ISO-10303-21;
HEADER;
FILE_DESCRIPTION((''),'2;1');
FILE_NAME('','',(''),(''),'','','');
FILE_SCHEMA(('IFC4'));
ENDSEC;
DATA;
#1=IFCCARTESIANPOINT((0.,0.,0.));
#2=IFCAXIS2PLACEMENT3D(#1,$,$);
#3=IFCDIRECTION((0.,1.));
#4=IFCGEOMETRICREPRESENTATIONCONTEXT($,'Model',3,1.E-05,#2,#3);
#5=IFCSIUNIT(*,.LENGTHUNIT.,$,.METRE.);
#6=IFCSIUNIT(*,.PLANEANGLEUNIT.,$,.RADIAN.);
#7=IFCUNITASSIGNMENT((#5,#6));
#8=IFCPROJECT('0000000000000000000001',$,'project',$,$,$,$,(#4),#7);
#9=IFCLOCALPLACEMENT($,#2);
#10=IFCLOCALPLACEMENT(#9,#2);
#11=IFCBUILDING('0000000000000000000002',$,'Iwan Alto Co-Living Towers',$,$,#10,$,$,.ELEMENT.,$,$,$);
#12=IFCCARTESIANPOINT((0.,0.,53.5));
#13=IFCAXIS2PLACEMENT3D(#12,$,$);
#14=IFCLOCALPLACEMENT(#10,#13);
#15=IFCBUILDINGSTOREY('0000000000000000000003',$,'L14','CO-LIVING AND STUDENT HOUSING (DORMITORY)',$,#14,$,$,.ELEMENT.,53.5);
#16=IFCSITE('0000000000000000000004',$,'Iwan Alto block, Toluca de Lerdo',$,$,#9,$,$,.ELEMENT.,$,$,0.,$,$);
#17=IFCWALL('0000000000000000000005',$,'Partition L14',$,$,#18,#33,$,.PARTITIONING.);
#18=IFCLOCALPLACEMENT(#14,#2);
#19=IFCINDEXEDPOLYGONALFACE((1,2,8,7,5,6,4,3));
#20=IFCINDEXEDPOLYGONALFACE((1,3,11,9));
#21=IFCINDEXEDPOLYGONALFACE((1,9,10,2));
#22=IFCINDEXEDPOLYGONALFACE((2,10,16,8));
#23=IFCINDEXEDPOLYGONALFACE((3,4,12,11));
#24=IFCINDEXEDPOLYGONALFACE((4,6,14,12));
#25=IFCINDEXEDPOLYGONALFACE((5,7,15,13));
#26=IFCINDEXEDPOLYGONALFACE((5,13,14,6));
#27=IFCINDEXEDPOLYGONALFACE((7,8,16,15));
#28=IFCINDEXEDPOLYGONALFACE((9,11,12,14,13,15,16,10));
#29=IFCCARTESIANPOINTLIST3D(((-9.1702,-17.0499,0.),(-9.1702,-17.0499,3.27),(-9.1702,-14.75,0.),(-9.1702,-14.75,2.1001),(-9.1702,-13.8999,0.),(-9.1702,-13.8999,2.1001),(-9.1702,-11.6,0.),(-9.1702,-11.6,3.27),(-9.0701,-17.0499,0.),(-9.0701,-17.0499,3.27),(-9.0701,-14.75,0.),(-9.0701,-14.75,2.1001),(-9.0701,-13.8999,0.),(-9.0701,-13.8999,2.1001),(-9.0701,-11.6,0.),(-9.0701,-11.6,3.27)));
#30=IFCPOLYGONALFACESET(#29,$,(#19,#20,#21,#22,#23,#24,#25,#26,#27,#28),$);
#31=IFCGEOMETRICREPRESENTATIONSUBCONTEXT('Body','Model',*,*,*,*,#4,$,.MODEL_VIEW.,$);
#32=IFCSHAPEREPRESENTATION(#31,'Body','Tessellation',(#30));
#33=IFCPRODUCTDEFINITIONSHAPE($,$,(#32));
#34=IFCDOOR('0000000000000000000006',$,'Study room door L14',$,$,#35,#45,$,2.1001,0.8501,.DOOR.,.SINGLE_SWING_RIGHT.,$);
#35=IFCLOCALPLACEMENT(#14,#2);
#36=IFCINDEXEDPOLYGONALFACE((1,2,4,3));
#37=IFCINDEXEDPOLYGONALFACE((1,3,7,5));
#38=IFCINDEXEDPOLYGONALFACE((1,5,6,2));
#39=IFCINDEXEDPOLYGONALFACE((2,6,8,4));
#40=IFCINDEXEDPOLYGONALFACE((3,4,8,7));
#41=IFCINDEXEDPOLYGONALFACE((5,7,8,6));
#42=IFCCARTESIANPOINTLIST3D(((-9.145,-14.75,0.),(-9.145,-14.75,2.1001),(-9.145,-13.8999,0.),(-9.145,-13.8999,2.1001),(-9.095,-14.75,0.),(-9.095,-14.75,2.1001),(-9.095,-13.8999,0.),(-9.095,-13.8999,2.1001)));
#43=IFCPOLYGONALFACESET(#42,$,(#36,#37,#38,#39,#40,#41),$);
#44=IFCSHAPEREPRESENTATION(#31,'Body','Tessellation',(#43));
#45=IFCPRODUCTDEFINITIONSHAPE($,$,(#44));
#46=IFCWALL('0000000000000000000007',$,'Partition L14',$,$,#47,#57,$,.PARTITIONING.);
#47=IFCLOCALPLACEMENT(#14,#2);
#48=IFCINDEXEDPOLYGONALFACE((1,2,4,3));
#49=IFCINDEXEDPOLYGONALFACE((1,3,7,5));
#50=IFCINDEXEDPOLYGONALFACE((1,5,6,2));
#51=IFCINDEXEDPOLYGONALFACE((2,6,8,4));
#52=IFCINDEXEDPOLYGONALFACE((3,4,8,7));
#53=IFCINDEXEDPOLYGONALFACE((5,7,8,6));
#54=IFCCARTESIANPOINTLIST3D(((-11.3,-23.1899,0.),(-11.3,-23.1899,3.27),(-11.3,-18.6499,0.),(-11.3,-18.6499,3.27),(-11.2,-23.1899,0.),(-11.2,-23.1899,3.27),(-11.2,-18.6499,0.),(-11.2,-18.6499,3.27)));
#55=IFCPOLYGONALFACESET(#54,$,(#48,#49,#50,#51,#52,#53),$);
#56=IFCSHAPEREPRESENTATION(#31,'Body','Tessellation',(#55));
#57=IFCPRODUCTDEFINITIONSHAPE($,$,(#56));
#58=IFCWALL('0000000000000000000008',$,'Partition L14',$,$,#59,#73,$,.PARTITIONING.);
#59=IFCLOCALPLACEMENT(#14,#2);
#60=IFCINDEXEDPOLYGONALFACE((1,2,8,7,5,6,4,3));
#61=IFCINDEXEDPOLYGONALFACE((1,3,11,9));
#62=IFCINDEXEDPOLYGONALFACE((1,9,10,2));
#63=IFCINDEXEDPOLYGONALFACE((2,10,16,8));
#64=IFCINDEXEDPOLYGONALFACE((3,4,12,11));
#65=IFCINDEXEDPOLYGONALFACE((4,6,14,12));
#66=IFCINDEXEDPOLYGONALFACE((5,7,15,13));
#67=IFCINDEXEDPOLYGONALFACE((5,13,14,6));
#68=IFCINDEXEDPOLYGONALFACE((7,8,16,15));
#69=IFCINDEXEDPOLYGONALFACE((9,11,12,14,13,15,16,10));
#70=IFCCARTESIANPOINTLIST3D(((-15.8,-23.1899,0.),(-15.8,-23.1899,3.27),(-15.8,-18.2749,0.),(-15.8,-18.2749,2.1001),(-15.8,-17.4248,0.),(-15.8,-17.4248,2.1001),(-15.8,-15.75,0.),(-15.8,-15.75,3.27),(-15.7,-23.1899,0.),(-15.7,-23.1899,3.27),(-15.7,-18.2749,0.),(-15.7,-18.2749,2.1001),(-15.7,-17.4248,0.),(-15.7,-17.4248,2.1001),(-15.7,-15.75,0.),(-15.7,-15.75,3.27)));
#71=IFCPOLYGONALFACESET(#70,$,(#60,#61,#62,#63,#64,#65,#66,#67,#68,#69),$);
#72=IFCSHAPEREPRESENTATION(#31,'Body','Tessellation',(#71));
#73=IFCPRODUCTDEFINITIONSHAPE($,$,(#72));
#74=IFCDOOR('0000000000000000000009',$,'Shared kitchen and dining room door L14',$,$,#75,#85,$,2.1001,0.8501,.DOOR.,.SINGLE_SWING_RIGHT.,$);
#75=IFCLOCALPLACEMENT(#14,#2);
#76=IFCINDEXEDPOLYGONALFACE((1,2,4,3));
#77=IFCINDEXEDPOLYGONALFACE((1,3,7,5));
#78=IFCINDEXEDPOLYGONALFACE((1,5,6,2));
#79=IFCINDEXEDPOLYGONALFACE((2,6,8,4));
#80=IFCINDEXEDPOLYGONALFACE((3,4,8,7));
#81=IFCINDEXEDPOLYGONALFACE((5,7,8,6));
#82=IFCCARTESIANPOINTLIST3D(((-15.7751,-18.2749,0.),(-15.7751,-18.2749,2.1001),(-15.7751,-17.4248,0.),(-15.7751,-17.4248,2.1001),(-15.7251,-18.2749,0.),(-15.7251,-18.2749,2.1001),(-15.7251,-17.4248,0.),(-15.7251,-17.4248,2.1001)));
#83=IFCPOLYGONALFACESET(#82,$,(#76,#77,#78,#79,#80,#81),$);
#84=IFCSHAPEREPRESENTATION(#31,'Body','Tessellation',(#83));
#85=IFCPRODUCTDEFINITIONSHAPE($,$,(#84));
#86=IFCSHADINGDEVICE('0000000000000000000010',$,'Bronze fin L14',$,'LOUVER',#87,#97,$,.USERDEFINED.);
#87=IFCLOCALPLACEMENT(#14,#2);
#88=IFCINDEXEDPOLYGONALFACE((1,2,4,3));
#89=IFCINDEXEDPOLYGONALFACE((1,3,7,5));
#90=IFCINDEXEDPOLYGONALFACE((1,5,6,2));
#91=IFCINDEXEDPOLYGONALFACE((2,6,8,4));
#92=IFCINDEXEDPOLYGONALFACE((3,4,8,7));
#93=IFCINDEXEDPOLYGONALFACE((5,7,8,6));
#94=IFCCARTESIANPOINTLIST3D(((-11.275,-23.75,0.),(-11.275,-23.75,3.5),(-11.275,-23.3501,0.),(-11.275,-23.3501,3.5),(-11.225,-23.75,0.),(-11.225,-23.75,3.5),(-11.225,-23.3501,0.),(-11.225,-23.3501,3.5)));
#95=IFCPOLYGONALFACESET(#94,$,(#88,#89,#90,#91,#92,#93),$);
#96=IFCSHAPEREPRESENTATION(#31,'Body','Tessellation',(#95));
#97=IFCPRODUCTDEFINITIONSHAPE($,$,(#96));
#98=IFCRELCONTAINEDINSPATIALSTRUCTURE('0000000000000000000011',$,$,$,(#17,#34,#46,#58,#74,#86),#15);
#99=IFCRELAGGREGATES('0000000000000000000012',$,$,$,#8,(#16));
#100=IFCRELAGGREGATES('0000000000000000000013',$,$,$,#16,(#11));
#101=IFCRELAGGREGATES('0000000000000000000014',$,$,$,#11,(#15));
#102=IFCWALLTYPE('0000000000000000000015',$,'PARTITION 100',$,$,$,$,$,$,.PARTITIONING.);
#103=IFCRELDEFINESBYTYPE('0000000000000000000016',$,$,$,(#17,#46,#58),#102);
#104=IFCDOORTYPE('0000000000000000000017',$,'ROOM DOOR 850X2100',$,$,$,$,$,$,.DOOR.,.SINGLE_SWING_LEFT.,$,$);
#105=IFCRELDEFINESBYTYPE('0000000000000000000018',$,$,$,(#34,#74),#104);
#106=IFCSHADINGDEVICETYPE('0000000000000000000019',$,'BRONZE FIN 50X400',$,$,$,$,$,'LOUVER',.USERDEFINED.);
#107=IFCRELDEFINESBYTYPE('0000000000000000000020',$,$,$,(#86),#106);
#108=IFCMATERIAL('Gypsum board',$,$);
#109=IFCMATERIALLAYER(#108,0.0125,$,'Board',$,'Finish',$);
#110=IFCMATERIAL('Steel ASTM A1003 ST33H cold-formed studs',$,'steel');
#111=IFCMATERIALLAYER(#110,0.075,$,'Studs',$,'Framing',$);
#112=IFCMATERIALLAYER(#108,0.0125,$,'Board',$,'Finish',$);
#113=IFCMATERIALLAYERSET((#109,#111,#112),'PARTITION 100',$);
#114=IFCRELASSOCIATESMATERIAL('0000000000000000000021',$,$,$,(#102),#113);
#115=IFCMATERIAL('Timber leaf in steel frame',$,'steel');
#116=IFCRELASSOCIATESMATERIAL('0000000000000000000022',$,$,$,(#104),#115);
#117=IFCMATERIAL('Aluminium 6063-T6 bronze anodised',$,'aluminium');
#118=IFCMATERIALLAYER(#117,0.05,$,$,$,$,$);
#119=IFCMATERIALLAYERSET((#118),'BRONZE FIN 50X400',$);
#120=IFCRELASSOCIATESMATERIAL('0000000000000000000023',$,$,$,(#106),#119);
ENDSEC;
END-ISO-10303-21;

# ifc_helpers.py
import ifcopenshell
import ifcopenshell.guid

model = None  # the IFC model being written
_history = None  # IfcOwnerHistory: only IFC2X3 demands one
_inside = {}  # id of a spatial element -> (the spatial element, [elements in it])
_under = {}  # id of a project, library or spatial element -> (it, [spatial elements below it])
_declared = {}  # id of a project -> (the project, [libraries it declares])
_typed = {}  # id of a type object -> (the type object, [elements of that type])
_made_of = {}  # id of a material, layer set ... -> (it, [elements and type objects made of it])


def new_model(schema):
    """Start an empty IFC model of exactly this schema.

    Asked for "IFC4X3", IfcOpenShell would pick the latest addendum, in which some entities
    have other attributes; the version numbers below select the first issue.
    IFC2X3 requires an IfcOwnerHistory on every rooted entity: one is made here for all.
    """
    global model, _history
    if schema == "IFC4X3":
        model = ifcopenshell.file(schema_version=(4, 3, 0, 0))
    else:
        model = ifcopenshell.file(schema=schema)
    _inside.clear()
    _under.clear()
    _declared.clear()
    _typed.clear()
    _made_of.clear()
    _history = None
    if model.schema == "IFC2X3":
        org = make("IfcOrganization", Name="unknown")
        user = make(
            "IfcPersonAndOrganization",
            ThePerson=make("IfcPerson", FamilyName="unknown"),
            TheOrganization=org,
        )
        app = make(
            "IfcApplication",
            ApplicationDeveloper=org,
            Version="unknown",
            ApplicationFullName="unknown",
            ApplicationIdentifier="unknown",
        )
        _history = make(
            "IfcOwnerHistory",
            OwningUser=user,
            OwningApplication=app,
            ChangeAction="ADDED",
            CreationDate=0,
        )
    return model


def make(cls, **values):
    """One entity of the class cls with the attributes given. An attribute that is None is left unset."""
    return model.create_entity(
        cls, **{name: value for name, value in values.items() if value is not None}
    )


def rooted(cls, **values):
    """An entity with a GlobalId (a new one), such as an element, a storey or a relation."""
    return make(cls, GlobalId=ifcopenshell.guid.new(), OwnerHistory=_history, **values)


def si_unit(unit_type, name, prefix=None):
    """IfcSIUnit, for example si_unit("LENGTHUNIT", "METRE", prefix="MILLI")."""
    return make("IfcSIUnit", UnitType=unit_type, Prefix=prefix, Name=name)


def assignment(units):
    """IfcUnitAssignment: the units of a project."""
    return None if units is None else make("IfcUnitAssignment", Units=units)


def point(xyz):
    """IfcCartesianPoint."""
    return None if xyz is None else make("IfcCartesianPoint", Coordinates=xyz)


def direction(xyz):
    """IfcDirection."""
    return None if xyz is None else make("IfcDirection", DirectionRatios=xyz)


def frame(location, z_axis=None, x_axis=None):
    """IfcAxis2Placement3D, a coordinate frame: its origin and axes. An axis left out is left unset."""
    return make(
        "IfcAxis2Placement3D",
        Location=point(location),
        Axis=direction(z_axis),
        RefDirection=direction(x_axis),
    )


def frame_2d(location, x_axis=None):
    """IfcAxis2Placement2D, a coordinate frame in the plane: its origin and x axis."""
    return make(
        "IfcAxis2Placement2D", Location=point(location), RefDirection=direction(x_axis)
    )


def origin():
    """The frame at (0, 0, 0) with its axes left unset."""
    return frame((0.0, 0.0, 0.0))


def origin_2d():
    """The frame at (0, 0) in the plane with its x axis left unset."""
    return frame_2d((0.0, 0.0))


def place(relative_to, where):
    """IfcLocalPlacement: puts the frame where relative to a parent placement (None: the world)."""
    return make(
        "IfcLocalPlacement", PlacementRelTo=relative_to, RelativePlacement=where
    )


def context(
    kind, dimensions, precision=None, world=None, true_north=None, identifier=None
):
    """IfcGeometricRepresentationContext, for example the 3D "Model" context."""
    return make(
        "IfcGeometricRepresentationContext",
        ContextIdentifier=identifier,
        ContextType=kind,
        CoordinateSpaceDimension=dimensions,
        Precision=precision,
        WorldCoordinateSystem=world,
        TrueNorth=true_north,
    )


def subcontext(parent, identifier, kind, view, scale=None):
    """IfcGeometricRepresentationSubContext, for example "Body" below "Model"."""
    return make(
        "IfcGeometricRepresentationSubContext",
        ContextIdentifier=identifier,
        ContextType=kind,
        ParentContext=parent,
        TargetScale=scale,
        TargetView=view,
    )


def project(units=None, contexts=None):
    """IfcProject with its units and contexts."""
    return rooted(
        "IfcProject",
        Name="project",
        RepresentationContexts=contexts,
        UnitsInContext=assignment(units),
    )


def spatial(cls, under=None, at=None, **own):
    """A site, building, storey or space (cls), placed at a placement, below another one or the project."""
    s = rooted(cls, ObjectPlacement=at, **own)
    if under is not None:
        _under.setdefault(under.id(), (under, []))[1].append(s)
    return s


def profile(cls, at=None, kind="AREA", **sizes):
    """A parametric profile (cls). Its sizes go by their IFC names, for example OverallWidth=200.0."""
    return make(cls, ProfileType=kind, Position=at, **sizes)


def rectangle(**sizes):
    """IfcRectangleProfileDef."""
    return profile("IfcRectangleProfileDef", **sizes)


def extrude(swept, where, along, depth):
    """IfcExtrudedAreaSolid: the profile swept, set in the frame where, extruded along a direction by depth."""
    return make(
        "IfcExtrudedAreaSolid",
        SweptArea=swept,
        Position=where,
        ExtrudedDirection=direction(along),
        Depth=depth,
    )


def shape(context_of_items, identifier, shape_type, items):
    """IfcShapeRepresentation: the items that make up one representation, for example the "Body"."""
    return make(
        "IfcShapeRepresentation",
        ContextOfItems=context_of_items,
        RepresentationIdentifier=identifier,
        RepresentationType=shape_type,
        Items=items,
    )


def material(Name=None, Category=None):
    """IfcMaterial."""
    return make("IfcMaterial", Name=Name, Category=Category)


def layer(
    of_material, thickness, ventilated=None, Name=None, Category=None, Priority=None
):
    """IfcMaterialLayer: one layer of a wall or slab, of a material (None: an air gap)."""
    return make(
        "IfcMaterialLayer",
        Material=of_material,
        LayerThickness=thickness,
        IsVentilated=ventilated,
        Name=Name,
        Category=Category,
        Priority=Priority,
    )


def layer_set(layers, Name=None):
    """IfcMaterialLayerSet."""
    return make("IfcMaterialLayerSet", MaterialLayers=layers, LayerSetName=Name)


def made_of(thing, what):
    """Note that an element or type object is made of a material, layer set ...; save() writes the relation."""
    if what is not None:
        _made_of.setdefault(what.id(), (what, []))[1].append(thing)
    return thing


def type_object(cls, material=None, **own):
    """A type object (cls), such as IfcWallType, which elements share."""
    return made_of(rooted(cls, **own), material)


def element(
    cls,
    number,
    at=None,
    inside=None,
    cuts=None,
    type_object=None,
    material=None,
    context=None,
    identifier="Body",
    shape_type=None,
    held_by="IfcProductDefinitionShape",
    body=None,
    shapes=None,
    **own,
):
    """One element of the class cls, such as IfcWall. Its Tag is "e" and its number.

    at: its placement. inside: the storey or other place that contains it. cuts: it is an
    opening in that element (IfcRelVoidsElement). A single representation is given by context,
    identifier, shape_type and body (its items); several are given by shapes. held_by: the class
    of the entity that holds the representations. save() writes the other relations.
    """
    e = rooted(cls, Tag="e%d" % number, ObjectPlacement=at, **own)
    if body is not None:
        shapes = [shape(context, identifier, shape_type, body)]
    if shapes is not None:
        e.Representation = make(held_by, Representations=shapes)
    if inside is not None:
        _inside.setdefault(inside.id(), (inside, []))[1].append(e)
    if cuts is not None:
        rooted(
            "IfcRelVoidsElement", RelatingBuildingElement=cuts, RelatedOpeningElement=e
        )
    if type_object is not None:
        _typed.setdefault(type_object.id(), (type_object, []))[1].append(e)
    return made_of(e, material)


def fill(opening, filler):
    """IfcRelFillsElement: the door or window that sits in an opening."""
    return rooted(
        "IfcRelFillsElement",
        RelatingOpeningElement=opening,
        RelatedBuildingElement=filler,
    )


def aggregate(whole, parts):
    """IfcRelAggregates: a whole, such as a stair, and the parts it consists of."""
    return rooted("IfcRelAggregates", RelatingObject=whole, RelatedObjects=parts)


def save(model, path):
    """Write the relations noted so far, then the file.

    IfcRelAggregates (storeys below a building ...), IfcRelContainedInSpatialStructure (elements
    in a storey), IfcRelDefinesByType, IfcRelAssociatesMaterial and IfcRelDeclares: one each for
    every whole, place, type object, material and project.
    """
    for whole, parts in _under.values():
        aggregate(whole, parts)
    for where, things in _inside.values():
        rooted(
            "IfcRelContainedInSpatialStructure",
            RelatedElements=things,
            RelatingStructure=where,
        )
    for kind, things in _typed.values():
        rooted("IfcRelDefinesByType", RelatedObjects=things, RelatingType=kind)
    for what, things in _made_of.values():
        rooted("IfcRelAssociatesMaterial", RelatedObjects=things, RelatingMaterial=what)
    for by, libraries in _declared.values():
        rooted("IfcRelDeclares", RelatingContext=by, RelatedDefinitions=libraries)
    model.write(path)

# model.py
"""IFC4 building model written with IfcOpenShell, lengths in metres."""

from ifc_helpers import new_model, si_unit, direction, frame, frame_2d, origin, origin_2d, place, context, subcontext, project, spatial, rectangle, extrude, material, layer, layer_set, type_object, element, fill, save


model = new_model("IFC4")

# Units and contexts
model_context = context("Model", 3, precision=1e-05, world=origin(), true_north=direction((0.0, 1.0)))
body_context = subcontext(model_context, "Body", "Model", "MODEL_VIEW")
ifc_project = project(units=[si_unit("LENGTHUNIT", "METRE"), si_unit("PLANEANGLEUNIT", "RADIAN")], contexts=[model_context])

# Site, building, storey
site_placement = place(None, origin())
site = spatial("IfcSite", under=ifc_project, at=site_placement, Name="Iwan Alto block, Toluca de Lerdo", CompositionType="ELEMENT", RefElevation=0.0)
building_placement = place(site_placement, origin())
building = spatial("IfcBuilding", under=site, at=building_placement, Name="Iwan Alto Co-Living Towers", CompositionType="ELEMENT")
storey_placement = place(building_placement, frame((0.0, 0.0, 53.5)))
storey = spatial("IfcBuildingStorey", under=building, at=storey_placement, Name="L14", Description="CO-LIVING AND STUDENT HOUSING (DORMITORY)", CompositionType="ELEMENT", Elevation=53.5)

# Shared definitions
ifc_material_1 = material(Name="Gypsum board")
ifc_layer_1 = layer(ifc_material_1, 0.0125, Name="Board", Category="Finish")
ifc_material_2 = material(Name="Steel ASTM A1003 ST33H cold-formed studs", Category="steel")
ifc_layer_2 = layer(ifc_material_2, 0.075, Name="Studs", Category="Framing")
ifc_layer_3 = layer(ifc_material_1, 0.0125, Name="Board", Category="Finish")
ifc_layer_set_1 = layer_set([ifc_layer_1, ifc_layer_2, ifc_layer_3], Name="PARTITION 100")
wall_type = type_object("IfcWallType", Name="PARTITION 100", PredefinedType="PARTITIONING", material=ifc_layer_set_1)

# Wall, opening, door
wall_1_placement = place(storey_placement, frame((-9.1201, -17.05, 0.0), z_axis=(0.0, 0.0, 1.0), x_axis=(0.0, 1.0, 0.0)))
wall_1 = element("IfcWall", 1, at=wall_1_placement, inside=storey, type_object=wall_type, Name="Partition L14", PredefinedType="PARTITIONING", context=body_context, shape_type="SweptSolid", body=[
    extrude(rectangle(XDim=5.45, YDim=0.1001, at=frame_2d((2.7251, 0.0))), origin(), (0.0, 0.0, 1.0), 3.27),
])
opening_1_placement = place(wall_1_placement, frame((2.3, 0.0, 0.0)))
opening_1 = element("IfcOpeningElement", 2, at=opening_1_placement, cuts=wall_1, PredefinedType="OPENING", context=body_context, shape_type="SweptSolid", body=[
    extrude(rectangle(XDim=0.8501, YDim=2.1001, at=frame_2d((0.425, 1.05))), frame((0.0, 0.0601, 0.0), z_axis=(0.0, -1.0, 0.0), x_axis=(1.0, 0.0, 0.0)), (0.0, 0.0, 1.0), 0.1201),
])
ifc_material_3 = material(Name="Timber leaf in steel frame", Category="steel")
door_type_1 = type_object("IfcDoorType", Name="ROOM DOOR 850X2100", OperationType="SINGLE_SWING_LEFT", PredefinedType="DOOR", material=ifc_material_3)
door_1_placement = place(opening_1_placement, origin())
door_1 = element("IfcDoor", 3, at=door_1_placement, inside=storey, type_object=door_type_1, Name="Study room door L14", OperationType="SINGLE_SWING_RIGHT", OverallHeight=2.1001, OverallWidth=0.8501, PredefinedType="DOOR", context=body_context, shape_type="SweptSolid", body=[
    extrude(rectangle(XDim=0.8501, YDim=2.1001, at=frame_2d((0.425, 1.05))), frame((0.0, 0.0249, 0.0), z_axis=(0.0, -1.0, 0.0), x_axis=(1.0, 0.0, 0.0)), (0.0, 0.0, 1.0), 0.05),
])
fill(opening_1, door_1)

# Wall
wall_2_placement = place(storey_placement, frame((-11.25, -23.1899, 0.0), z_axis=(0.0, 0.0, 1.0), x_axis=(0.0, 1.0, 0.0)))
element("IfcWall", 4, at=wall_2_placement, inside=storey, type_object=wall_type, Name="Partition L14", PredefinedType="PARTITIONING", context=body_context, shape_type="SweptSolid", body=[
    extrude(rectangle(XDim=4.54, YDim=0.1001, at=frame_2d((2.27, 0.0))), origin(), (0.0, 0.0, 1.0), 3.27),
])

# Wall, opening, door
wall_3_placement = place(storey_placement, frame((-15.75, -23.1899, 0.0), z_axis=(0.0, 0.0, 1.0), x_axis=(0.0, 1.0, 0.0)))
wall_3 = element("IfcWall", 5, at=wall_3_placement, inside=storey, type_object=wall_type, Name="Partition L14", PredefinedType="PARTITIONING", context=body_context, shape_type="SweptSolid", body=[
    extrude(rectangle(XDim=7.4399, YDim=0.1001, at=frame_2d((3.72, 0.0))), origin(), (0.0, 0.0, 1.0), 3.27),
])
opening_2_placement = place(wall_3_placement, frame((4.915, 0.0, 0.0)))
opening_2 = element("IfcOpeningElement", 6, at=opening_2_placement, cuts=wall_3, PredefinedType="OPENING", context=body_context, shape_type="SweptSolid", body=[
    extrude(rectangle(XDim=0.8501, YDim=2.1001, at=frame_2d((0.425, 1.05))), frame((0.0, 0.0601, 0.0), z_axis=(0.0, -1.0, 0.0), x_axis=(1.0, 0.0, 0.0)), (0.0, 0.0, 1.0), 0.1201),
])
door_2_placement = place(opening_2_placement, frame((0.8501, 0.0, 0.0), z_axis=(0.0, 0.0, 1.0), x_axis=(-1.0, 0.0, 0.0)))
door_2 = element("IfcDoor", 7, at=door_2_placement, inside=storey, type_object=door_type_1, Name="Shared kitchen and dining room door L14", OperationType="SINGLE_SWING_RIGHT", OverallHeight=2.1001, OverallWidth=0.8501, PredefinedType="DOOR", context=body_context, shape_type="SweptSolid", body=[
    extrude(rectangle(XDim=0.8501, YDim=2.1001, at=frame_2d((0.425, 1.05))), frame((0.0, 0.0249, 0.0), z_axis=(0.0, -1.0, 0.0), x_axis=(1.0, 0.0, 0.0)), (0.0, 0.0, 1.0), 0.05),
])
fill(opening_2, door_2)

# Shading device
ifc_material_4 = material(Name="Aluminium 6063-T6 bronze anodised", Category="aluminium")
ifc_layer_4 = layer(ifc_material_4, 0.05)
ifc_layer_set_2 = layer_set([ifc_layer_4], Name="BRONZE FIN 50X400")
shading_device_type = type_object("IfcShadingDeviceType", Name="BRONZE FIN 50X400", ElementType="LOUVER", PredefinedType="USERDEFINED", material=ifc_layer_set_2)
shading_device_placement = place(storey_placement, frame((-11.25, -23.55, 0.0), z_axis=(0.0, 0.0, 1.0), x_axis=(1.0, 0.0, 0.0)))
element("IfcShadingDevice", 8, at=shading_device_placement, inside=storey, type_object=shading_device_type, Name="Bronze fin L14", ObjectType="LOUVER", PredefinedType="USERDEFINED", context=body_context, shape_type="SweptSolid", body=[
    extrude(rectangle(XDim=0.05, YDim=0.3999, at=origin_2d()), origin(), (0.0, 0.0, 1.0), 3.5),
])

save(model, "model.ifc")
